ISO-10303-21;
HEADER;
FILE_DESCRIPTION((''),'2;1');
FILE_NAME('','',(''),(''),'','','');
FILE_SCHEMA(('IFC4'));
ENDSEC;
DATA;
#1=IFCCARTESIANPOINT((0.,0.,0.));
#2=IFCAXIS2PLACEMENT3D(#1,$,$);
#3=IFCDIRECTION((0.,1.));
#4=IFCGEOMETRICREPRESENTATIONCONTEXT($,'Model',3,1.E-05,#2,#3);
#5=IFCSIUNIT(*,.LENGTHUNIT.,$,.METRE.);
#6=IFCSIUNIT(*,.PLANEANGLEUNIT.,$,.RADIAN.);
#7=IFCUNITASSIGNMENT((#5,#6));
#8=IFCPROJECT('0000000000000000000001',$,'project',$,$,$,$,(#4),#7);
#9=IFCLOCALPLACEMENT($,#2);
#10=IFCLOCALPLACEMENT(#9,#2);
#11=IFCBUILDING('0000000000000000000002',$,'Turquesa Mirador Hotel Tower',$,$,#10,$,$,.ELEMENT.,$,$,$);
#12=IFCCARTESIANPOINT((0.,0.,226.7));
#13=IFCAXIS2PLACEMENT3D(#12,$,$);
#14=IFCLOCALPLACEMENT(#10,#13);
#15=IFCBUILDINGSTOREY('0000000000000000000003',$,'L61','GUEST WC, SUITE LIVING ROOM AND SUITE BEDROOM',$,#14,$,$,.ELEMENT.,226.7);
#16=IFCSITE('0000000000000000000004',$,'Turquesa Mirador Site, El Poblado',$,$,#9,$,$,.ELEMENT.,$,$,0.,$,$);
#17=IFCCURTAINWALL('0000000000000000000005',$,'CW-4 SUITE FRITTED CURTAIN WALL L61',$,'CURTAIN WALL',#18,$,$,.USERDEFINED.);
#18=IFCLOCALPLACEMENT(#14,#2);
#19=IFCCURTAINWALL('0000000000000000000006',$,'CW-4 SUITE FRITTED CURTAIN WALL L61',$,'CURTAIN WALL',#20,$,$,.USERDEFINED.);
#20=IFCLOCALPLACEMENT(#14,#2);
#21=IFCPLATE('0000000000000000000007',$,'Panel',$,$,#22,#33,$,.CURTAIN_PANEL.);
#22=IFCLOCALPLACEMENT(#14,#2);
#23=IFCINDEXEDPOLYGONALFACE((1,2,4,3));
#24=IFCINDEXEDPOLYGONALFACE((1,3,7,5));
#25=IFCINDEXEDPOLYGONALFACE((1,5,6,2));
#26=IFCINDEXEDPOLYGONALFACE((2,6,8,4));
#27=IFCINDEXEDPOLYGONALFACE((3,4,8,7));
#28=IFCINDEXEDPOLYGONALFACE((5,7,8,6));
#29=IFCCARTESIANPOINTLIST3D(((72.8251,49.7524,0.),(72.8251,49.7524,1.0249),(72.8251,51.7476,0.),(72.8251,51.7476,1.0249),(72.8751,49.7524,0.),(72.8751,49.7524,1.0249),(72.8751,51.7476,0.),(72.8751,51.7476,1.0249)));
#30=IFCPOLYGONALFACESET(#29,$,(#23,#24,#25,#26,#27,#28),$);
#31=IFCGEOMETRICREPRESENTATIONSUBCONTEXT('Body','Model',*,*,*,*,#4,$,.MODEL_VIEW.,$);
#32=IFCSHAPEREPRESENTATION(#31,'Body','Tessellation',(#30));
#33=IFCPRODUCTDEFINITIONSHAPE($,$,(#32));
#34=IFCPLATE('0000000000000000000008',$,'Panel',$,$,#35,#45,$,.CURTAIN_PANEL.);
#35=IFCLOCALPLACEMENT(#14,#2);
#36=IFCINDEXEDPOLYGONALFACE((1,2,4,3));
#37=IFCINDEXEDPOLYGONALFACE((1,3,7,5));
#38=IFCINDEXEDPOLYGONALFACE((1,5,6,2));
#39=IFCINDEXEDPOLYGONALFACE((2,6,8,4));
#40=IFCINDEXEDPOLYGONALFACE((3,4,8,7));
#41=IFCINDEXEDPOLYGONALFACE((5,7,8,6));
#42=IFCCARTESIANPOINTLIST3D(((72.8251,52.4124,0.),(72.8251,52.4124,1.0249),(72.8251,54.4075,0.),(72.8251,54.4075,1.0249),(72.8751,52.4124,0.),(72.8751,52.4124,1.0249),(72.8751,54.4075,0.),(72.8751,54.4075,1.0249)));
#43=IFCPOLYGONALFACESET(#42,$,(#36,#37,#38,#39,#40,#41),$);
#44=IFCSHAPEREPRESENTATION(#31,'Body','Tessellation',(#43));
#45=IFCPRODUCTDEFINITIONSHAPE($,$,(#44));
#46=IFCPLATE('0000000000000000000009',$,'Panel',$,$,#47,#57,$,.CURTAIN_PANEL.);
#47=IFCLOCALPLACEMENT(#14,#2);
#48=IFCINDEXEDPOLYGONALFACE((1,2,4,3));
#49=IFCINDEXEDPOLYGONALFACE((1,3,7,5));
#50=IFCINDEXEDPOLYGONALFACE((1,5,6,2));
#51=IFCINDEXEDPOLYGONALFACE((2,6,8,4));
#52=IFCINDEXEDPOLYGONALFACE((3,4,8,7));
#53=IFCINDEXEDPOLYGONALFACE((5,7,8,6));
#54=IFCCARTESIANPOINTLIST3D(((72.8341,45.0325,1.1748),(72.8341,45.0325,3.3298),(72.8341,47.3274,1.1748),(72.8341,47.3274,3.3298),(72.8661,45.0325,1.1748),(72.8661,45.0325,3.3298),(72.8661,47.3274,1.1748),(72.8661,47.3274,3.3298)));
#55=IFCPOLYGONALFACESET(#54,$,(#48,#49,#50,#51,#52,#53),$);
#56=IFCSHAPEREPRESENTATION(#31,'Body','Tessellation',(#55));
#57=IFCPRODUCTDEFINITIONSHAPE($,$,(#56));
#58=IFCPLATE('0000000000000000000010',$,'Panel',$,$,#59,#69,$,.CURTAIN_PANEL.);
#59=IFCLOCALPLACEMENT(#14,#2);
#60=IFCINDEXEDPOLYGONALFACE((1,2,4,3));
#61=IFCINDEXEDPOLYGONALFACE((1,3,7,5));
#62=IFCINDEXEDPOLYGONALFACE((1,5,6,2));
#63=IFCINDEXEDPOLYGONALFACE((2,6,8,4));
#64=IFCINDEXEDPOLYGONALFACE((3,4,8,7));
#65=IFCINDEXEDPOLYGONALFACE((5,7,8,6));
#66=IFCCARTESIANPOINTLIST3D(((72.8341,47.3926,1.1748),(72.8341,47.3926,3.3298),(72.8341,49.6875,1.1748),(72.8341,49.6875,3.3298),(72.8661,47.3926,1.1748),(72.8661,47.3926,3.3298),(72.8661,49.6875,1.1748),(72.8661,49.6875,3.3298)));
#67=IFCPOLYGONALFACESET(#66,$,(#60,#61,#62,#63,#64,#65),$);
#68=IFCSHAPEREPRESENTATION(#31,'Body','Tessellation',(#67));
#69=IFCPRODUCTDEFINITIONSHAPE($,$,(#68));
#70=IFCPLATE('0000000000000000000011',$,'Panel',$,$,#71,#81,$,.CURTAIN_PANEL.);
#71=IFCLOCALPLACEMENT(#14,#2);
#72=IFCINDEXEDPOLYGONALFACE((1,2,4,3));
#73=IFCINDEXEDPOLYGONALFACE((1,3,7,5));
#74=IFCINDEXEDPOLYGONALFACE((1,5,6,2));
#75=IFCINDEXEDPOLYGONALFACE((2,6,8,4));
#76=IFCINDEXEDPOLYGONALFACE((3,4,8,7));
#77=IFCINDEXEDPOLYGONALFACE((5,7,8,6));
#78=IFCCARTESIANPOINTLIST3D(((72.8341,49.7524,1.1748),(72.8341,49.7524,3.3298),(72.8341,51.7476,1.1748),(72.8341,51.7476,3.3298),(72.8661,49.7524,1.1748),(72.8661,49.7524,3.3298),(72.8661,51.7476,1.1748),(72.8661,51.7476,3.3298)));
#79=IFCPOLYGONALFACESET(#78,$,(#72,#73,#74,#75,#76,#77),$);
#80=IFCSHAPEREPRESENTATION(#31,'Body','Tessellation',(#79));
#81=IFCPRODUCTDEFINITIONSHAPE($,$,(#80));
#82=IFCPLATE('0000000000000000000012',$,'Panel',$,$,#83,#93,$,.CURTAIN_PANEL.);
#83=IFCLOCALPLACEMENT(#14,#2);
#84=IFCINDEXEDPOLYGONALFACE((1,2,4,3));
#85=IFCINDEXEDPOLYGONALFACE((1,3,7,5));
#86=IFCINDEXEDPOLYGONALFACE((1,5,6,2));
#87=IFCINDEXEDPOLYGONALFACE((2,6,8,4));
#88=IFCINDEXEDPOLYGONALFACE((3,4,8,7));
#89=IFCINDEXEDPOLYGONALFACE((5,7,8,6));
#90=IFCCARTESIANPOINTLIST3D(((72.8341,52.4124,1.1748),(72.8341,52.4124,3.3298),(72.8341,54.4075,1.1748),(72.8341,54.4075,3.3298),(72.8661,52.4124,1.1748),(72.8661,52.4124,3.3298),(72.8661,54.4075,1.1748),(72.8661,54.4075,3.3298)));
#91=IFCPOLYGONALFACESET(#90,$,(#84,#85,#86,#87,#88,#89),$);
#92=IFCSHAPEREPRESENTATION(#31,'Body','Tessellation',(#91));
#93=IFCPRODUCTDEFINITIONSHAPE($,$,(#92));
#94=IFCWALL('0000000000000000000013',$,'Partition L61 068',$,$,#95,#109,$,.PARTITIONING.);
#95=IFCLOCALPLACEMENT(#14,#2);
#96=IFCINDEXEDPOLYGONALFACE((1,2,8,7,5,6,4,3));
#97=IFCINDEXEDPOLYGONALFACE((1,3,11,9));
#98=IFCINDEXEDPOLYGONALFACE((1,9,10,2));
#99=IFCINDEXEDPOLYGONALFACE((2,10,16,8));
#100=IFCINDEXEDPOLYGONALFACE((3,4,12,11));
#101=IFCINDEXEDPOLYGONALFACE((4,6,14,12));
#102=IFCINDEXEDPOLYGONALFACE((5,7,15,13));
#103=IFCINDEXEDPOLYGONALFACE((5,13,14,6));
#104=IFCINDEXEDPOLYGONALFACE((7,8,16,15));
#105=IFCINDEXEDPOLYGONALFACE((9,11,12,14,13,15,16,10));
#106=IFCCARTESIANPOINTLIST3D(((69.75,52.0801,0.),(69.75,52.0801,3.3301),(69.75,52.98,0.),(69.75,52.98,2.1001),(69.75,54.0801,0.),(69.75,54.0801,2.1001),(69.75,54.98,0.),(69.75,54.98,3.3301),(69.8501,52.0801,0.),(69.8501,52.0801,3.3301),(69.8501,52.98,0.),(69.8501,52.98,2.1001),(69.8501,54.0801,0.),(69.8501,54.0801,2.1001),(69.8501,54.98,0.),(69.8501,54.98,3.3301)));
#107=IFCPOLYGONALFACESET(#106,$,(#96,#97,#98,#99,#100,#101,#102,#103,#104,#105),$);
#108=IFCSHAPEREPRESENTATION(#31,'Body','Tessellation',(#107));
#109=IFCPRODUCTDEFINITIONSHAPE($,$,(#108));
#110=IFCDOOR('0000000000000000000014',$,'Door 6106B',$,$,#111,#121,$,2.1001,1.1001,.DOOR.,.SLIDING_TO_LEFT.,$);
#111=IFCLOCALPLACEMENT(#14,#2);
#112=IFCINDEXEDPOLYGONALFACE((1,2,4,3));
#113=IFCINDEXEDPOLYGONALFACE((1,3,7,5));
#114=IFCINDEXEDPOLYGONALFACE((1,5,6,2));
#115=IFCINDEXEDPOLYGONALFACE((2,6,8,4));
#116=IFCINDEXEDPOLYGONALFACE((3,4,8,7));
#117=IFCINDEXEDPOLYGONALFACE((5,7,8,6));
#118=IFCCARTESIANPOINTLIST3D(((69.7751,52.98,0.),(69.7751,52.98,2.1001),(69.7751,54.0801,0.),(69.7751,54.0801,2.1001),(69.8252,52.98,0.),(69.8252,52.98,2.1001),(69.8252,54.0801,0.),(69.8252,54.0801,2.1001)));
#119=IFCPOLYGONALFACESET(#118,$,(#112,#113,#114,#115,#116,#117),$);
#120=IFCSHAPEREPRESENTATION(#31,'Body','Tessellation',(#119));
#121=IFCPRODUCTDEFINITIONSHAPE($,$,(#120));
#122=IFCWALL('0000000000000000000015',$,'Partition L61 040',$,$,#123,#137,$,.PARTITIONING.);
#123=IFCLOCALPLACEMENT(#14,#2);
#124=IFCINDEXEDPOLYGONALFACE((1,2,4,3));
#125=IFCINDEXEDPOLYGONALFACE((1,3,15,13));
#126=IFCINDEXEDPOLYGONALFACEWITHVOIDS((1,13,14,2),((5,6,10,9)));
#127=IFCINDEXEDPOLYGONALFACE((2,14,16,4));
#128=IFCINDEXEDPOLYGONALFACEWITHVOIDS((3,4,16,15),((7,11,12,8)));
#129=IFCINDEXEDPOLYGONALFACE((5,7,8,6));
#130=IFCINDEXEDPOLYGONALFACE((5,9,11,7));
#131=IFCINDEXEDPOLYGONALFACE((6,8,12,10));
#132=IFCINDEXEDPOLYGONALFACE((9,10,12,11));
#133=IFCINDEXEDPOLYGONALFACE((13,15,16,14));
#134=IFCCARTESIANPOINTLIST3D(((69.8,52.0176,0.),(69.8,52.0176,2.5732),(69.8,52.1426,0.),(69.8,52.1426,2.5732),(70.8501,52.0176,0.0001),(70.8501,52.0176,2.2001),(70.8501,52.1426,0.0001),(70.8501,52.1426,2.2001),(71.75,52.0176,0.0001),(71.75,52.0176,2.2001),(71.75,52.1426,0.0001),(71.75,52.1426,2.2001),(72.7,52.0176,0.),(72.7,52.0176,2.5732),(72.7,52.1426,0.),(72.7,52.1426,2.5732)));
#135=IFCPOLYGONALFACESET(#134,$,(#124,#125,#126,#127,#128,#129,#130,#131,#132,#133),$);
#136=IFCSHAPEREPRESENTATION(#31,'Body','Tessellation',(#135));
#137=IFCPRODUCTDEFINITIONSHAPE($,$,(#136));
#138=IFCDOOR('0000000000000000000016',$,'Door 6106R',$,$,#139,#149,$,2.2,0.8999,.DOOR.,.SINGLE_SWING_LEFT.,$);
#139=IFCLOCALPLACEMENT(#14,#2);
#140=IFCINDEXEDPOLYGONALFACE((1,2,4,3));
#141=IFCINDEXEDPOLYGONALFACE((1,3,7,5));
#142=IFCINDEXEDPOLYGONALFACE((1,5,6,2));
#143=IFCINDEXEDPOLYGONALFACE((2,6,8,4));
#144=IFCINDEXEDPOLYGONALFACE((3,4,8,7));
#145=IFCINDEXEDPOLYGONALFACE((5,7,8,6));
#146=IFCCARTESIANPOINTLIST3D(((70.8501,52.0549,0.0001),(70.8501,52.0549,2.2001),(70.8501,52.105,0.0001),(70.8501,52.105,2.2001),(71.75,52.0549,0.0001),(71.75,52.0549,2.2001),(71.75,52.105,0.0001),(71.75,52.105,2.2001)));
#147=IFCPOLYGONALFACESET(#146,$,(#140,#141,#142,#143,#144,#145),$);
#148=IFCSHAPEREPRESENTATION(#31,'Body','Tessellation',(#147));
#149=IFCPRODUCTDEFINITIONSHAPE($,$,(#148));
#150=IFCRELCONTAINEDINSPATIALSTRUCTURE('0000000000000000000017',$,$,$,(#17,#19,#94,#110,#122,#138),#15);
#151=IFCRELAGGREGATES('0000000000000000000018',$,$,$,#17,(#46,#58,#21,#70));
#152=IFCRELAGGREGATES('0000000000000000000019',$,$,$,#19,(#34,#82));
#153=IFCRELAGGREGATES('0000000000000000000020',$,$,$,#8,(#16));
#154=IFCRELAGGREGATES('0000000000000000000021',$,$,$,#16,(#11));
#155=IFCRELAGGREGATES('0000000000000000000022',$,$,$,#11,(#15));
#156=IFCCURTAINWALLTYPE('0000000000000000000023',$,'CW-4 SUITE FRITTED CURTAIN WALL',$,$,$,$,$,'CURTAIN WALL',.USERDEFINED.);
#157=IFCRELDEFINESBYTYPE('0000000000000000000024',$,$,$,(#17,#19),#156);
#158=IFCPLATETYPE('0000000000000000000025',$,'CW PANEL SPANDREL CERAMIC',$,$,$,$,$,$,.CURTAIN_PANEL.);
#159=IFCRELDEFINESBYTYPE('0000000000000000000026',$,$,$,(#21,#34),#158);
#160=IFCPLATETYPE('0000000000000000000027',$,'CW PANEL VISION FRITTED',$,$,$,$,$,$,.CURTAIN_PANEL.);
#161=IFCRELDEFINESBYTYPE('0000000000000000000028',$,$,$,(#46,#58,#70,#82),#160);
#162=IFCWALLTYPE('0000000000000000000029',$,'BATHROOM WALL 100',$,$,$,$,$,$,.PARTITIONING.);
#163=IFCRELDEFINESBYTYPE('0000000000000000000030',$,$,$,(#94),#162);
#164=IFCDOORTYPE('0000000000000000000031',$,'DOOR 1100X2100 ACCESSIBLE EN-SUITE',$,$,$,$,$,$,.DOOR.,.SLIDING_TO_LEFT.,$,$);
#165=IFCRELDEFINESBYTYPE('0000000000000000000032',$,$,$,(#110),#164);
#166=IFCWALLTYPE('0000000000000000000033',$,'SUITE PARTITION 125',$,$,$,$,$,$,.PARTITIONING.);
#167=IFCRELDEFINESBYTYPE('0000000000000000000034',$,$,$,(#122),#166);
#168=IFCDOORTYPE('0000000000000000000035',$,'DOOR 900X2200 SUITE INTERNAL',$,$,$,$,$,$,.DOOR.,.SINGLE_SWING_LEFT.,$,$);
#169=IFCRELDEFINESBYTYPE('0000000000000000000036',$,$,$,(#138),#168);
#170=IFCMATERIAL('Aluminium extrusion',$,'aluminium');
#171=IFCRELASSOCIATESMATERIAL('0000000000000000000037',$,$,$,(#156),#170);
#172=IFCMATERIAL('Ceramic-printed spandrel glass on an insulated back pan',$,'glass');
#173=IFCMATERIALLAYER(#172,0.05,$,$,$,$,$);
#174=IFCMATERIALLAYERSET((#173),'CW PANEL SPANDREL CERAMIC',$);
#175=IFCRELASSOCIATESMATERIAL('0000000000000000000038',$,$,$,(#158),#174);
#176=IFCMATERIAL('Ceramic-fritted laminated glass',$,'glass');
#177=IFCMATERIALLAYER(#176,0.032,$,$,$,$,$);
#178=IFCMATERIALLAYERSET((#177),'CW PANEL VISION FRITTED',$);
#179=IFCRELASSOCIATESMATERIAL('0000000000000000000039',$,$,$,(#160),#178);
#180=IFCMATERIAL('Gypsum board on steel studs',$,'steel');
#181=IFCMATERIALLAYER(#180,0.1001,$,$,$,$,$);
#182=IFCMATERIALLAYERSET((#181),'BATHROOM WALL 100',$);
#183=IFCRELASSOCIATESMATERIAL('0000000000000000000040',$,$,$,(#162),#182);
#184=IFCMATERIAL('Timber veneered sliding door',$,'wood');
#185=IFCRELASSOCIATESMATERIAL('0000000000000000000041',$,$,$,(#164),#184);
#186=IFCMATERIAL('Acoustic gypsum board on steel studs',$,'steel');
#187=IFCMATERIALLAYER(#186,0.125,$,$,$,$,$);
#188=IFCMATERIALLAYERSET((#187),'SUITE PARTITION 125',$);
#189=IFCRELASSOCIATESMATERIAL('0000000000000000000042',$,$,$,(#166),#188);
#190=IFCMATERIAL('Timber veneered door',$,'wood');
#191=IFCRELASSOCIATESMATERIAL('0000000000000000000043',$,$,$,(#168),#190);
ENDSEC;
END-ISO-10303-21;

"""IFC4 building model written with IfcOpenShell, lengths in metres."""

from ifc_helpers import new_model, si_unit, direction, frame, frame_2d, origin, origin_2d, place, context, subcontext, project, spatial, rectangle, extrude, material, layer, layer_set, type_object, element, fill, aggregate, save


model = new_model("IFC4")

# Units and contexts
model_context = context("Model", 3, precision=1e-05, world=origin(), true_north=direction((0.0, 1.0)))
body_context = subcontext(model_context, "Body", "Model", "MODEL_VIEW")
ifc_project = project(units=[si_unit("LENGTHUNIT", "METRE"), si_unit("PLANEANGLEUNIT", "RADIAN")], contexts=[model_context])

# Site, building, storey
site_placement = place(None, origin())
site = spatial("IfcSite", under=ifc_project, at=site_placement, Name="Turquesa Mirador Site, El Poblado", CompositionType="ELEMENT", RefElevation=0.0)
building_placement = place(site_placement, origin())
building = spatial("IfcBuilding", under=site, at=building_placement, Name="Turquesa Mirador Hotel Tower", CompositionType="ELEMENT")
storey_placement = place(building_placement, frame((0.0, 0.0, 226.7)))
storey = spatial("IfcBuildingStorey", under=building, at=storey_placement, Name="L61", Description="GUEST WC, SUITE LIVING ROOM AND SUITE BEDROOM", CompositionType="ELEMENT", Elevation=226.7)

# Curtain walls
ifc_material_1 = material(Name="Aluminium extrusion", Category="aluminium")
curtain_wall_type = type_object("IfcCurtainWallType", Name="CW-4 SUITE FRITTED CURTAIN WALL", ElementType="CURTAIN WALL", PredefinedType="USERDEFINED", material=ifc_material_1)
curtain_wall_1_placement = place(storey_placement, origin())
curtain_wall_1 = element("IfcCurtainWall", 1, at=curtain_wall_1_placement, inside=storey, type_object=curtain_wall_type, Name="CW-4 SUITE FRITTED CURTAIN WALL L61", ObjectType="CURTAIN WALL", PredefinedType="USERDEFINED")
curtain_wall_2_placement = place(storey_placement, origin())
curtain_wall_2 = element("IfcCurtainWall", 2, at=curtain_wall_2_placement, inside=storey, type_object=curtain_wall_type, Name="CW-4 SUITE FRITTED CURTAIN WALL L61", ObjectType="CURTAIN WALL", PredefinedType="USERDEFINED")

# Plates
ifc_material_2 = material(Name="Ceramic-printed spandrel glass on an insulated back pan", Category="glass")
ifc_layer_1 = layer(ifc_material_2, 0.05)
ifc_layer_set_1 = layer_set([ifc_layer_1], Name="CW PANEL SPANDREL CERAMIC")
plate_type_1 = type_object("IfcPlateType", Name="CW PANEL SPANDREL CERAMIC", PredefinedType="CURTAIN_PANEL", material=ifc_layer_set_1)
plate_1_placement = place(storey_placement, frame((72.8501, 50.75, 0.0), z_axis=(0.0, 0.0, 1.0), x_axis=(0.0, 1.0, 0.0)))
plate_1 = element("IfcPlate", 3, at=plate_1_placement, type_object=plate_type_1, Name="Panel", PredefinedType="CURTAIN_PANEL", context=body_context, shape_type="SweptSolid", body=[
    extrude(rectangle(XDim=1.9951, YDim=0.05, at=origin_2d()), origin(), (0.0, 0.0, 1.0), 1.0249),
])
plate_2_placement = place(storey_placement, frame((72.8501, 53.4099, 0.0), z_axis=(0.0, 0.0, 1.0), x_axis=(0.0, 1.0, 0.0)))
plate_2 = element("IfcPlate", 4, at=plate_2_placement, type_object=plate_type_1, Name="Panel", PredefinedType="CURTAIN_PANEL", context=body_context, shape_type="SweptSolid", body=[
    extrude(rectangle(XDim=1.9951, YDim=0.05, at=origin_2d()), origin(), (0.0, 0.0, 1.0), 1.0249),
])
ifc_material_3 = material(Name="Ceramic-fritted laminated glass", Category="glass")
ifc_layer_2 = layer(ifc_material_3, 0.032)
ifc_layer_set_2 = layer_set([ifc_layer_2], Name="CW PANEL VISION FRITTED")
plate_type_2 = type_object("IfcPlateType", Name="CW PANEL VISION FRITTED", PredefinedType="CURTAIN_PANEL", material=ifc_layer_set_2)
plate_3_placement = place(storey_placement, frame((72.8501, 46.1799, 1.1748), z_axis=(0.0, 0.0, 1.0), x_axis=(0.0, 1.0, 0.0)))
plate_3 = element("IfcPlate", 5, at=plate_3_placement, type_object=plate_type_2, Name="Panel", PredefinedType="CURTAIN_PANEL", context=body_context, shape_type="SweptSolid", body=[
    extrude(rectangle(XDim=2.2949, YDim=0.032, at=origin_2d()), origin(), (0.0, 0.0, 1.0), 2.155),
])
plate_4_placement = place(storey_placement, frame((72.8501, 48.54, 1.1748), z_axis=(0.0, 0.0, 1.0), x_axis=(0.0, 1.0, 0.0)))
plate_4 = element("IfcPlate", 6, at=plate_4_placement, type_object=plate_type_2, Name="Panel", PredefinedType="CURTAIN_PANEL", context=body_context, shape_type="SweptSolid", body=[
    extrude(rectangle(XDim=2.2949, YDim=0.032, at=origin_2d()), origin(), (0.0, 0.0, 1.0), 2.155),
])
plate_5_placement = place(storey_placement, frame((72.8501, 50.75, 1.1748), z_axis=(0.0, 0.0, 1.0), x_axis=(0.0, 1.0, 0.0)))
plate_5 = element("IfcPlate", 7, at=plate_5_placement, type_object=plate_type_2, Name="Panel", PredefinedType="CURTAIN_PANEL", context=body_context, shape_type="SweptSolid", body=[
    extrude(rectangle(XDim=1.9951, YDim=0.032, at=origin_2d()), origin(), (0.0, 0.0, 1.0), 2.155),
])
aggregate(curtain_wall_1, [plate_3, plate_4, plate_1, plate_5])
plate_6_placement = place(storey_placement, frame((72.8501, 53.4099, 1.1748), z_axis=(0.0, 0.0, 1.0), x_axis=(0.0, 1.0, 0.0)))
plate_6 = element("IfcPlate", 8, at=plate_6_placement, type_object=plate_type_2, Name="Panel", PredefinedType="CURTAIN_PANEL", context=body_context, shape_type="SweptSolid", body=[
    extrude(rectangle(XDim=1.9951, YDim=0.032, at=origin_2d()), origin(), (0.0, 0.0, 1.0), 2.155),
])
aggregate(curtain_wall_2, [plate_2, plate_6])

# Walls, openings, doors
ifc_material_4 = material(Name="Gypsum board on steel studs", Category="steel")
ifc_layer_3 = layer(ifc_material_4, 0.1001)
ifc_layer_set_3 = layer_set([ifc_layer_3], Name="BATHROOM WALL 100")
wall_type_1 = type_object("IfcWallType", Name="BATHROOM WALL 100", PredefinedType="PARTITIONING", material=ifc_layer_set_3)
wall_1_placement = place(storey_placement, frame((69.8, 52.0801, 0.0), z_axis=(0.0, 0.0, 1.0), x_axis=(0.0, 1.0, 0.0)))
wall_1 = element("IfcWall", 9, at=wall_1_placement, inside=storey, type_object=wall_type_1, Name="Partition L61 068", PredefinedType="PARTITIONING", context=body_context, shape_type="SweptSolid", body=[
    extrude(rectangle(XDim=2.8999, YDim=0.1001, at=frame_2d((1.45, 0.0))), origin(), (0.0, 0.0, 1.0), 3.3301),
])
opening_1_placement = place(wall_1_placement, frame((0.8999, 0.0, 0.0)))
opening_1 = element("IfcOpeningElement", 10, at=opening_1_placement, cuts=wall_1, PredefinedType="OPENING", context=body_context, shape_type="SweptSolid", body=[
    extrude(rectangle(XDim=1.1001, YDim=2.1001, at=frame_2d((0.55, 1.05))), frame((0.0, 0.0601, 0.0), z_axis=(0.0, -1.0, 0.0), x_axis=(1.0, 0.0, 0.0)), (0.0, 0.0, 1.0), 0.1201),
])
ifc_material_5 = material(Name="Timber veneered sliding door", Category="wood")
door_type_1 = type_object("IfcDoorType", Name="DOOR 1100X2100 ACCESSIBLE EN-SUITE", OperationType="SLIDING_TO_LEFT", PredefinedType="DOOR", material=ifc_material_5)
door_1_placement = place(opening_1_placement, origin())
door_1 = element("IfcDoor", 11, at=door_1_placement, inside=storey, type_object=door_type_1, Name="Door 6106B", OperationType="SLIDING_TO_LEFT", OverallHeight=2.1001, OverallWidth=1.1001, PredefinedType="DOOR", context=body_context, shape_type="SweptSolid", body=[
    extrude(rectangle(XDim=1.1001, YDim=2.1001, at=frame_2d((0.55, 1.05))), frame((0.0, 0.0249, 0.0), z_axis=(0.0, -1.0, 0.0), x_axis=(1.0, 0.0, 0.0)), (0.0, 0.0, 1.0), 0.05),
])
fill(opening_1, door_1)
ifc_material_6 = material(Name="Acoustic gypsum board on steel studs", Category="steel")
ifc_layer_4 = layer(ifc_material_6, 0.125)
ifc_layer_set_4 = layer_set([ifc_layer_4], Name="SUITE PARTITION 125")
wall_type_2 = type_object("IfcWallType", Name="SUITE PARTITION 125", PredefinedType="PARTITIONING", material=ifc_layer_set_4)
wall_2_placement = place(storey_placement, frame((69.8, 52.0801, 0.0), z_axis=(0.0, 0.0, 1.0), x_axis=(1.0, 0.0, 0.0)))
wall_2 = element("IfcWall", 12, at=wall_2_placement, inside=storey, type_object=wall_type_2, Name="Partition L61 040", PredefinedType="PARTITIONING", context=body_context, shape_type="SweptSolid", body=[
    extrude(rectangle(XDim=2.8999, YDim=0.125, at=frame_2d((1.45, 0.0))), origin(), (0.0, 0.0, 1.0), 2.5732),
])
opening_2_placement = place(wall_2_placement, frame((1.05, 0.0, 0.0)))
opening_2 = element("IfcOpeningElement", 13, at=opening_2_placement, cuts=wall_2, PredefinedType="OPENING", context=body_context, shape_type="SweptSolid", body=[
    extrude(rectangle(XDim=0.8999, YDim=2.2, at=frame_2d((0.45, 1.1001))), frame((0.0, 0.0725, 0.0), z_axis=(0.0, -1.0, 0.0), x_axis=(1.0, 0.0, 0.0)), (0.0, 0.0, 1.0), 0.145),
])
ifc_material_7 = material(Name="Timber veneered door", Category="wood")
door_type_2 = type_object("IfcDoorType", Name="DOOR 900X2200 SUITE INTERNAL", OperationType="SINGLE_SWING_LEFT", PredefinedType="DOOR", material=ifc_material_7)
door_2_placement = place(opening_2_placement, origin())
door_2 = element("IfcDoor", 14, at=door_2_placement, inside=storey, type_object=door_type_2, Name="Door 6106R", OperationType="SINGLE_SWING_LEFT", OverallHeight=2.2, OverallWidth=0.8999, PredefinedType="DOOR", context=body_context, shape_type="SweptSolid", body=[
    extrude(rectangle(XDim=0.8999, YDim=2.2, at=frame_2d((0.45, 1.1001))), frame((0.0, 0.0249, 0.0), z_axis=(0.0, -1.0, 0.0), x_axis=(1.0, 0.0, 0.0)), (0.0, 0.0, 1.0), 0.05),
])
fill(opening_2, door_2)

save(model, "model.ifc")
